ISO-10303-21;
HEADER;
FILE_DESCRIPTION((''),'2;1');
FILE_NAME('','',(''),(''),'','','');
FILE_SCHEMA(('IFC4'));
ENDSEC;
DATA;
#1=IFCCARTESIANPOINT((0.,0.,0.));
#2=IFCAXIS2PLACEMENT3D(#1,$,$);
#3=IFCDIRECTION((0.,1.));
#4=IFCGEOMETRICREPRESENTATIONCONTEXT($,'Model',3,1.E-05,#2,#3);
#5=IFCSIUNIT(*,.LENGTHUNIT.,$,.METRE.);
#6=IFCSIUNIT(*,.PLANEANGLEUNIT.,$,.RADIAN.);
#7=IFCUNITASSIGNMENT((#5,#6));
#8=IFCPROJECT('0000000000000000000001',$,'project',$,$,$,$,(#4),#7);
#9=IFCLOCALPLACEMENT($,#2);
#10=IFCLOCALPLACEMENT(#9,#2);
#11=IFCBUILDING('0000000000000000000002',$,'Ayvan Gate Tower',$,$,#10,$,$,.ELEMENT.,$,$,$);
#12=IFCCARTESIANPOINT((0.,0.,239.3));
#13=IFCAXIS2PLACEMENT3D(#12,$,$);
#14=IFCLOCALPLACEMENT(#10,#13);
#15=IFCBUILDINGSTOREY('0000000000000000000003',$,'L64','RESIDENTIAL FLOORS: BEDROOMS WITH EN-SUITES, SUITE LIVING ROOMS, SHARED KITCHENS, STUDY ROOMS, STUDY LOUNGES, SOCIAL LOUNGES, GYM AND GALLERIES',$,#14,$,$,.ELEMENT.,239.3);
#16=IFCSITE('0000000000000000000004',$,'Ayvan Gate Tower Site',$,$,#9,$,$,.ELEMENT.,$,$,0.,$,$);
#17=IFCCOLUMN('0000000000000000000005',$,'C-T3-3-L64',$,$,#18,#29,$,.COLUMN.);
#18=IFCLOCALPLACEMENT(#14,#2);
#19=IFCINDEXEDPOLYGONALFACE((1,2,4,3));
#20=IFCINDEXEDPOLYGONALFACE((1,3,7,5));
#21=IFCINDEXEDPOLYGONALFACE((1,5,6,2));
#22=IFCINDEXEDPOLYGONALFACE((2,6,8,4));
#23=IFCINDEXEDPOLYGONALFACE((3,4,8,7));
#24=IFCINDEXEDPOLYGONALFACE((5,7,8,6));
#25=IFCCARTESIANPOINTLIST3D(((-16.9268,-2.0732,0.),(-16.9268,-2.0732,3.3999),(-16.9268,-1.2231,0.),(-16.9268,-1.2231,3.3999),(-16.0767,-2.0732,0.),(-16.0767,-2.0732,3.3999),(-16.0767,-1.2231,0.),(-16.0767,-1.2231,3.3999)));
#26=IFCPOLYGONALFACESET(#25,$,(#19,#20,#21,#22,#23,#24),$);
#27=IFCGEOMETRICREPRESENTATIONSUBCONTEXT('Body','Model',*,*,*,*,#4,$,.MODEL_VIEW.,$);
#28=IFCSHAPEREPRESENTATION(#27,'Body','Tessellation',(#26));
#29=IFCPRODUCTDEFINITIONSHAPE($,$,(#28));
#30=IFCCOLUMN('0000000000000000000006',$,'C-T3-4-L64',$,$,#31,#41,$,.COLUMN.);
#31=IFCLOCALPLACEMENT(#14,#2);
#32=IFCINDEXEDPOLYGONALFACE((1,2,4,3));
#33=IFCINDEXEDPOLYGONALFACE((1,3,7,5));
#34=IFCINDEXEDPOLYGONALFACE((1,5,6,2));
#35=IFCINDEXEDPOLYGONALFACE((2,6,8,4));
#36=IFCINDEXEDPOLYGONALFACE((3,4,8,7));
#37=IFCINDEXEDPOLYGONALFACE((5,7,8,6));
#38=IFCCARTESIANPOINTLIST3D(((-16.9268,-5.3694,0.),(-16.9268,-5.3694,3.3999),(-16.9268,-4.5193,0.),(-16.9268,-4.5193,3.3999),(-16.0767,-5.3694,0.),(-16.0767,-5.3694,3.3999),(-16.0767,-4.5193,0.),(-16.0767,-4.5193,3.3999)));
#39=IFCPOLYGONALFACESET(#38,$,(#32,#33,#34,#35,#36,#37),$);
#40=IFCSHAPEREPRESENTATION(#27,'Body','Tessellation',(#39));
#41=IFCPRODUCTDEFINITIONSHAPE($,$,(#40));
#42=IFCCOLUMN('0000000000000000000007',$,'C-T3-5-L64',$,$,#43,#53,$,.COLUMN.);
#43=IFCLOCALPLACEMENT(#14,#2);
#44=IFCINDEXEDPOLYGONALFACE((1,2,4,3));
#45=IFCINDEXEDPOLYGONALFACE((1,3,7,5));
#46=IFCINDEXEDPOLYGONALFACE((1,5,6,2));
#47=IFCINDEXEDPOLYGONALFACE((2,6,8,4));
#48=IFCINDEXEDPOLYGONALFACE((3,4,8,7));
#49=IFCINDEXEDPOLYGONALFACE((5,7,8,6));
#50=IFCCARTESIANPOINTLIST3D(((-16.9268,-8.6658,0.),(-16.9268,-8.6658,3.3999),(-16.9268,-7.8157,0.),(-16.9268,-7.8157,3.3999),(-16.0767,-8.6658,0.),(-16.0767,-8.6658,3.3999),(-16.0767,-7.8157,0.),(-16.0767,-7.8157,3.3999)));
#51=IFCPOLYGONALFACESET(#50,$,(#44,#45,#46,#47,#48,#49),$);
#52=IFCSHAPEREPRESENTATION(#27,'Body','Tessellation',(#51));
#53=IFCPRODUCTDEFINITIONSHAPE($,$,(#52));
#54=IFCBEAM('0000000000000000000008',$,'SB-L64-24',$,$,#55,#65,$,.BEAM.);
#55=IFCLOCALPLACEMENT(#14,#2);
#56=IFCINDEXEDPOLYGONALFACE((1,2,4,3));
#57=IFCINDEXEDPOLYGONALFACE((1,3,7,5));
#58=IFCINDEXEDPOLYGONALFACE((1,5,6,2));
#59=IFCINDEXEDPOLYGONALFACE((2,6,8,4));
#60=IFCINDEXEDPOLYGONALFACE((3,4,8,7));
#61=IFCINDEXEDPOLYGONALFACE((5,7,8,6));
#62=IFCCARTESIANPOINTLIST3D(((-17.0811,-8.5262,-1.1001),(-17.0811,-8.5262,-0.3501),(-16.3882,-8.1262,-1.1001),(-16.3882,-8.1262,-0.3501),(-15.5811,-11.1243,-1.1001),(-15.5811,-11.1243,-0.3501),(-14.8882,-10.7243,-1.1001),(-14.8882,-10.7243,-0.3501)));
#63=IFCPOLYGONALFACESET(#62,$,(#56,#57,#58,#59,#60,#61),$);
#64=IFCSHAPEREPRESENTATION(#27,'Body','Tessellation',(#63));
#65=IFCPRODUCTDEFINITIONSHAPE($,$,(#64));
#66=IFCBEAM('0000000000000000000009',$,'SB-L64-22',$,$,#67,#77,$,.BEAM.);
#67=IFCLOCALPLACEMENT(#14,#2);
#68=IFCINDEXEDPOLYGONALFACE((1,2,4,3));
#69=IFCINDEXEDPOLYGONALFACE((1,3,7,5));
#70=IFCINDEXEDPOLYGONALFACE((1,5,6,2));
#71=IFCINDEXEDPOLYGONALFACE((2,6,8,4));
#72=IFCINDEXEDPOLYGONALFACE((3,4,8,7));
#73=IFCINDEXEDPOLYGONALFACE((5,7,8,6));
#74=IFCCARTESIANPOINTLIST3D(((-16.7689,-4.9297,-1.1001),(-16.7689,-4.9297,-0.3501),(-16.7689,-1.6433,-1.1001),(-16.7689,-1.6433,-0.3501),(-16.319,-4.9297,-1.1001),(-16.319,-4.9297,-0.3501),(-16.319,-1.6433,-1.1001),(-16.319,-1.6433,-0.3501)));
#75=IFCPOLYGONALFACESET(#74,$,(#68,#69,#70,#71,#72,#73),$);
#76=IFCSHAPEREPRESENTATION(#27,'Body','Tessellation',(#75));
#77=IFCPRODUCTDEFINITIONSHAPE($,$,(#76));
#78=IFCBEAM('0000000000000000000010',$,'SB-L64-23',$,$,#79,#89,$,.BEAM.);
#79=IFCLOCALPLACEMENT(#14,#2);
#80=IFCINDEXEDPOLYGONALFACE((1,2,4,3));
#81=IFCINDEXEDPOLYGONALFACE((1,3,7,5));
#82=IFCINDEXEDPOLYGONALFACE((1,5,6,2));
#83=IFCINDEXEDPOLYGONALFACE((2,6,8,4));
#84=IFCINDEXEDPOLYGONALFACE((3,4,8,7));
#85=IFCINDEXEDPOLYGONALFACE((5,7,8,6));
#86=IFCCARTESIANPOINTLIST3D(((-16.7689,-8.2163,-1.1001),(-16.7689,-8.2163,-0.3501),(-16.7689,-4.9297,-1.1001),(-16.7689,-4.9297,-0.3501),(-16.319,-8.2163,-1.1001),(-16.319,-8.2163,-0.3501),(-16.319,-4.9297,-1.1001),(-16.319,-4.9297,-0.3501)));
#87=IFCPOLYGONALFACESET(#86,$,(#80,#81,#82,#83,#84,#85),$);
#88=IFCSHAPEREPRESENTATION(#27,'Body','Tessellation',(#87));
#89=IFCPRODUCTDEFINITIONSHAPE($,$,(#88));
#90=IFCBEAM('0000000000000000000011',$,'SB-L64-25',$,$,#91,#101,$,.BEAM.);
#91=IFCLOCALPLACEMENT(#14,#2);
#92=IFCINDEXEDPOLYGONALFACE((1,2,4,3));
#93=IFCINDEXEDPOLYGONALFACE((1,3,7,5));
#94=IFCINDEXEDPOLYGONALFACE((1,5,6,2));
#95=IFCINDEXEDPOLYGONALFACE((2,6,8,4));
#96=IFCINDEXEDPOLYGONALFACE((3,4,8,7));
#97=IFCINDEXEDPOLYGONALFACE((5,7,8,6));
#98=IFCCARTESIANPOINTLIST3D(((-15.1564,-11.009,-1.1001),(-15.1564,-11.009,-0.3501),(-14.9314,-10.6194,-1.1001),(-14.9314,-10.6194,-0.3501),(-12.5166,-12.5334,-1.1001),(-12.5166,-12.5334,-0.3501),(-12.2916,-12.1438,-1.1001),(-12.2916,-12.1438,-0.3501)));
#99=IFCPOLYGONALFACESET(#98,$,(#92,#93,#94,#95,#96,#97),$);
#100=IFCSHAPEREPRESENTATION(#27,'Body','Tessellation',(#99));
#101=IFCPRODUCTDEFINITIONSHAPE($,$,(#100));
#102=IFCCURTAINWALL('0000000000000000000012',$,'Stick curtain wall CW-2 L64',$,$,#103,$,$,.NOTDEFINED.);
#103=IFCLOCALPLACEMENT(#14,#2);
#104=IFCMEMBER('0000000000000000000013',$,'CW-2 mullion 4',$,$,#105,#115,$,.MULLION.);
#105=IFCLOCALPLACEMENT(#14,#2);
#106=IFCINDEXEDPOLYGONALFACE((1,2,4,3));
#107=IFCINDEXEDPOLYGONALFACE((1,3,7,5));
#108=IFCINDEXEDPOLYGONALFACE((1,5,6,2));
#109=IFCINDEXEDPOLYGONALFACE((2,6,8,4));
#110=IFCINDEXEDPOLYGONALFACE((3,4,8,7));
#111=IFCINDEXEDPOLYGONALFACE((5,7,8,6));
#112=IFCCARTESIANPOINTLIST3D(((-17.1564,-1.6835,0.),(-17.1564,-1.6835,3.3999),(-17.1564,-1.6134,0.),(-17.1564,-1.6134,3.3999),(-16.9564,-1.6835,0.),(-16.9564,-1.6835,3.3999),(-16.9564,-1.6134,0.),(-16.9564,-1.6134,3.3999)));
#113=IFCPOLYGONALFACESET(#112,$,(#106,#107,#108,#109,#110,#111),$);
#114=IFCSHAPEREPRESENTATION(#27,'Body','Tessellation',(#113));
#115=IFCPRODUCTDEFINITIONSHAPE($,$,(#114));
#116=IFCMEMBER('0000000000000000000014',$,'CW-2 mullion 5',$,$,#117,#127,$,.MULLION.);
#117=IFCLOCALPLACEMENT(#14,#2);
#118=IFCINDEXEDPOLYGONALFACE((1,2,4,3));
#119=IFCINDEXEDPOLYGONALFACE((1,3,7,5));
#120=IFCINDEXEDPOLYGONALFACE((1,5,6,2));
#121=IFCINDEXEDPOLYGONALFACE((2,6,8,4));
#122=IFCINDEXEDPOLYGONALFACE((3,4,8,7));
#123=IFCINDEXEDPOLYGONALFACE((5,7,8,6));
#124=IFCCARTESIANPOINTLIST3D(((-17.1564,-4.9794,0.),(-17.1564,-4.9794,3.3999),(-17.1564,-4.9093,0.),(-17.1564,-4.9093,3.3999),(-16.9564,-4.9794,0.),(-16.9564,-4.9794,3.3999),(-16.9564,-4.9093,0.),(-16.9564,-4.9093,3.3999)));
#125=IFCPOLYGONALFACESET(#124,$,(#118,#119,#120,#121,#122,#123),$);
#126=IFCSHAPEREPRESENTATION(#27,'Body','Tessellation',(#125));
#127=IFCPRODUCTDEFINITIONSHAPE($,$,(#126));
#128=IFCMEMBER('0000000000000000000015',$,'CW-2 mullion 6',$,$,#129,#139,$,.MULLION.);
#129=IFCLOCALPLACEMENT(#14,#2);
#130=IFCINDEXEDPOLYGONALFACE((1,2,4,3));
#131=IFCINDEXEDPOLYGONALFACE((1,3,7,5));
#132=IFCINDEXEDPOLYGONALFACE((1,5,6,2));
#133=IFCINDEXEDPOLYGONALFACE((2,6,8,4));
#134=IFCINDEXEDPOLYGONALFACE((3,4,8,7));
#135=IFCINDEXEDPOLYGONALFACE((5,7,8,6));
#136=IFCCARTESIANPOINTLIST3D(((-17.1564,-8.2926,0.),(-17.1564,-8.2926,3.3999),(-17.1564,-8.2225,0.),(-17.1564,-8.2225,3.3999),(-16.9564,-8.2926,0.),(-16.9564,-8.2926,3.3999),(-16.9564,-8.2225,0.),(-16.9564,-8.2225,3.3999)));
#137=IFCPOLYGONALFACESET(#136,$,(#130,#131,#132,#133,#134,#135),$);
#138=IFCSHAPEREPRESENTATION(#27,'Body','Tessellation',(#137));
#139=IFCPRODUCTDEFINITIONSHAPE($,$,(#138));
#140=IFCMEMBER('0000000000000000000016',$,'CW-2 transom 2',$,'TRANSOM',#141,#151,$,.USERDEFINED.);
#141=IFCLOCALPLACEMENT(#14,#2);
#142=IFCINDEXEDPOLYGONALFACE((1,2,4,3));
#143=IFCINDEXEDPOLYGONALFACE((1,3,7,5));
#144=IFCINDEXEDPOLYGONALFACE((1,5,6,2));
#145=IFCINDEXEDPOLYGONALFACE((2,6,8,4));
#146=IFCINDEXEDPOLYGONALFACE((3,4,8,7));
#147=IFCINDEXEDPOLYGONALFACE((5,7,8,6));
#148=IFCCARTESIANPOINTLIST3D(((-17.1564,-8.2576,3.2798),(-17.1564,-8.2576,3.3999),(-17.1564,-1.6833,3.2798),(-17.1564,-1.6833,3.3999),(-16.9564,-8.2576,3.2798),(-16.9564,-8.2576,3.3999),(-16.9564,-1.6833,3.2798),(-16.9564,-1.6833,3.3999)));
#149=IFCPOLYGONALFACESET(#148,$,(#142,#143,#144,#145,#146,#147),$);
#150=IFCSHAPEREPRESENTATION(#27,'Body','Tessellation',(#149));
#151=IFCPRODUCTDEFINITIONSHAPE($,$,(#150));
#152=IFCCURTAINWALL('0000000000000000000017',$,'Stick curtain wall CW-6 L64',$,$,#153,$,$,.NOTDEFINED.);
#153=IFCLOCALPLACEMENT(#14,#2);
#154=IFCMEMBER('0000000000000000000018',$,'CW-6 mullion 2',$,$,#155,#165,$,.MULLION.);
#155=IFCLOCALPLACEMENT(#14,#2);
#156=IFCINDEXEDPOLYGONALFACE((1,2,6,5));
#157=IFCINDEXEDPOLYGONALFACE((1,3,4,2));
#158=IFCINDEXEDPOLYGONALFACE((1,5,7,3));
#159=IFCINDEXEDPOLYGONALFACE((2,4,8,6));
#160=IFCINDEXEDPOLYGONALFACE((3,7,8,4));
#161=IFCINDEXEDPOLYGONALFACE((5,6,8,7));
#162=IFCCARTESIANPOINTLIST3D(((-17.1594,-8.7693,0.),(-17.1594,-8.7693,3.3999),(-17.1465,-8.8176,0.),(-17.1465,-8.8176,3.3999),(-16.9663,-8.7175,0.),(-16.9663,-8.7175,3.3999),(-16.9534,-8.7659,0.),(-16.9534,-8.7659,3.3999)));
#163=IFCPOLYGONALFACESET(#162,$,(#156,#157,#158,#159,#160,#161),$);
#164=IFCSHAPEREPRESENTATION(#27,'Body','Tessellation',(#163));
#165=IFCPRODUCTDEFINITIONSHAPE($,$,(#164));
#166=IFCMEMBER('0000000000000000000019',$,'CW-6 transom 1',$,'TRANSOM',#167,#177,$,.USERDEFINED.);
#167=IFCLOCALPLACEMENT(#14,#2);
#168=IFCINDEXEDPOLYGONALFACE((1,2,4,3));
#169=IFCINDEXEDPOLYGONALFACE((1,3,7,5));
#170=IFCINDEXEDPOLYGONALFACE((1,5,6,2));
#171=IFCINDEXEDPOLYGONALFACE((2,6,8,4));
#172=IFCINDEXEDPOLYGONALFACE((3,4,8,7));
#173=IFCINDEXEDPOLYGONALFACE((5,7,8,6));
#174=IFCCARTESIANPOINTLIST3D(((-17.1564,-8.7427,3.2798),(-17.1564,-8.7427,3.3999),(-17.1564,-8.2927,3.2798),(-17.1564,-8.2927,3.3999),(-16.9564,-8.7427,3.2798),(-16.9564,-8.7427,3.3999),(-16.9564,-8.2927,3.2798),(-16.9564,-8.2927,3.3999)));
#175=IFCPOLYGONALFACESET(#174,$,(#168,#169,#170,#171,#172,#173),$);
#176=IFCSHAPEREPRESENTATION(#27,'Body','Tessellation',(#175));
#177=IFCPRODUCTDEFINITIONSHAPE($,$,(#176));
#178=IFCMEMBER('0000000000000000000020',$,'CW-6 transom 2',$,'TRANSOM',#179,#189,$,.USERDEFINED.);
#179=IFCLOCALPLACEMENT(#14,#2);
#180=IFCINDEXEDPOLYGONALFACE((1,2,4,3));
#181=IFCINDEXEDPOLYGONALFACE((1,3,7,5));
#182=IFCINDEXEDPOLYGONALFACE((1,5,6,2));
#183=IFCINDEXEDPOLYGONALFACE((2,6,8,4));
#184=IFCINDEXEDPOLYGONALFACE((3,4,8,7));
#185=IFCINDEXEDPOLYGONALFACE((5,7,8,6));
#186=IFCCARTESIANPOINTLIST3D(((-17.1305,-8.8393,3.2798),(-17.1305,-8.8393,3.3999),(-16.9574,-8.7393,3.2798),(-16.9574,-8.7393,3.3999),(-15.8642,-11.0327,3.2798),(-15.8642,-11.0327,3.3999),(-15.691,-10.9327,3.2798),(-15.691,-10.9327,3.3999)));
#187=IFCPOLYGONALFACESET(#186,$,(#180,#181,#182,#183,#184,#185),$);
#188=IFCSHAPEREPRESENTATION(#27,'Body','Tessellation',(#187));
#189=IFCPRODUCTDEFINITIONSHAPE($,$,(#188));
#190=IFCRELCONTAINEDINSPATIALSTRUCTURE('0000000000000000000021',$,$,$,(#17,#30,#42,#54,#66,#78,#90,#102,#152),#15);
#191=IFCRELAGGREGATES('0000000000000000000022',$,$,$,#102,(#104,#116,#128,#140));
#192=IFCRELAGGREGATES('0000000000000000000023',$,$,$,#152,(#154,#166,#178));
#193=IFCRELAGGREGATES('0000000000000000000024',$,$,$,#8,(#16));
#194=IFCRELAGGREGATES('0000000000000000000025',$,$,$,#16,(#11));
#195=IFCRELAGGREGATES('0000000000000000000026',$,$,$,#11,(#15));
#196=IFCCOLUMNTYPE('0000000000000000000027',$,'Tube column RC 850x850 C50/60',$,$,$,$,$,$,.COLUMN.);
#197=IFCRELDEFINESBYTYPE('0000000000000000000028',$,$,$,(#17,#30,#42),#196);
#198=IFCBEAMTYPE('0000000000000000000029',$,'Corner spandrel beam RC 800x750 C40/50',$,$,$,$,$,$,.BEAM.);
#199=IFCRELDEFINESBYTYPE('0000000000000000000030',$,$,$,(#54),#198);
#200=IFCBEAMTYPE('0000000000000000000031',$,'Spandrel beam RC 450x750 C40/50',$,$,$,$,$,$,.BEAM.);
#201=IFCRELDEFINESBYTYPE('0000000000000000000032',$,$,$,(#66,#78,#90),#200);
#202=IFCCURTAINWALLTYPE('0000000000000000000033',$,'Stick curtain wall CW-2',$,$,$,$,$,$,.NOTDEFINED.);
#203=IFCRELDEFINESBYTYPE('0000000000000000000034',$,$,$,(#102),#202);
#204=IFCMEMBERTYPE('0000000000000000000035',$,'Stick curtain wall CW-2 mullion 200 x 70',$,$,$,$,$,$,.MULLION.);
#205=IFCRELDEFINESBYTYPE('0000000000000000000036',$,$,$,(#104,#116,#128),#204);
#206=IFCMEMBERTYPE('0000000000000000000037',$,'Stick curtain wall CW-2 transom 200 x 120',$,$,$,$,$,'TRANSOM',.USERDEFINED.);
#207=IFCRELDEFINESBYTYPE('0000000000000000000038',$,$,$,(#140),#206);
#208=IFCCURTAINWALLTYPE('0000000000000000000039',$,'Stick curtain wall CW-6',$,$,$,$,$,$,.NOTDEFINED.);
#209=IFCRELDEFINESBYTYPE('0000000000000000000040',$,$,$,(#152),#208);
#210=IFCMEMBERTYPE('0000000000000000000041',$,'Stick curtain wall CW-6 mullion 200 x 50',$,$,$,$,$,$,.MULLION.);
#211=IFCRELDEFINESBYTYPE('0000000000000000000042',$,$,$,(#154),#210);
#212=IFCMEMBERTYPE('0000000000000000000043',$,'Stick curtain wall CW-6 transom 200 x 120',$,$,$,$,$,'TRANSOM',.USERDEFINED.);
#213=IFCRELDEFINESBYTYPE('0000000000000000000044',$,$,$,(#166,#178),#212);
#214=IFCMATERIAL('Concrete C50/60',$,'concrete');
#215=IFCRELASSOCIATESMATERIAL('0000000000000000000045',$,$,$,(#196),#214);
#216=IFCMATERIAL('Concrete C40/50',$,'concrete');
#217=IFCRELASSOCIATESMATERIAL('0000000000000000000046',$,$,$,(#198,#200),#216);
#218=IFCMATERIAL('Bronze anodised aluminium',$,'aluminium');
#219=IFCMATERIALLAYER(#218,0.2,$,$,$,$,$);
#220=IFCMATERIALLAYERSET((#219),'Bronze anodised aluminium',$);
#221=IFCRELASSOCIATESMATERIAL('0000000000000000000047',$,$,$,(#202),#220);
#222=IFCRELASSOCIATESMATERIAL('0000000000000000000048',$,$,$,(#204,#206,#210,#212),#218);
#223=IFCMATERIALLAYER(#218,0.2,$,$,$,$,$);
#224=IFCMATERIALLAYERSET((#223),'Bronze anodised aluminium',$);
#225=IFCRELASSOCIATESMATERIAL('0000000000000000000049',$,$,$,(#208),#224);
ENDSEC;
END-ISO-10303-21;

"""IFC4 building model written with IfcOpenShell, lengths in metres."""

from ifc_helpers import new_model, si_unit, direction, frame, origin, origin_2d, place, context, subcontext, project, spatial, rectangle, extrude, material, layer, layer_set, material_profile, profile_set, type_object, element, aggregate, save


model = new_model("IFC4")

# Units and contexts
model_context = context("Model", 3, precision=1e-05, world=origin(), true_north=direction((0.0, 1.0)))
body_context = subcontext(model_context, "Body", "Model", "MODEL_VIEW")
ifc_project = project(units=[si_unit("LENGTHUNIT", "METRE"), si_unit("PLANEANGLEUNIT", "RADIAN")], contexts=[model_context])

# Site, building, storey
site_placement = place(None, origin())
site = spatial("IfcSite", under=ifc_project, at=site_placement, Name="Ayvan Gate Tower Site", CompositionType="ELEMENT", RefElevation=0.0)
building_placement = place(site_placement, origin())
building = spatial("IfcBuilding", under=site, at=building_placement, Name="Ayvan Gate Tower", CompositionType="ELEMENT")
storey_placement = place(building_placement, frame((0.0, 0.0, 239.3)))
storey = spatial("IfcBuildingStorey", under=building, at=storey_placement, Name="L64", Description="RESIDENTIAL FLOORS: BEDROOMS WITH EN-SUITES, SUITE LIVING ROOMS, SHARED KITCHENS, STUDY ROOMS, STUDY LOUNGES, SOCIAL LOUNGES, GYM AND GALLERIES", CompositionType="ELEMENT", Elevation=239.3)

# Columns
ifc_material_1 = material(Name="Concrete C50/60", Category="concrete")
ifc_material_profile_1 = material_profile(ifc_material_1, rectangle(XDim=0.8501, YDim=0.8501, at=origin_2d()), Name="RC 850x850")
ifc_profile_set_1 = profile_set([ifc_material_profile_1], Name="Concrete C50/60")
column_type = type_object("IfcColumnType", Name="Tube column RC 850x850 C50/60", PredefinedType="COLUMN", material=ifc_profile_set_1)
for number, where, z_axis, x_axis, name in (
    (1, (-16.5017, -1.6482, 0.0), (0.0, 0.0, 1.0), (-1.0, 0.0, 0.0), "C-T3-3-L64"),
    (2, (-16.5017, -4.9443, 0.0), (0.0, 0.0, 1.0), (-1.0, 0.0, 0.0), "C-T3-4-L64"),
    (3, (-16.5017, -8.2407, 0.0), (0.0, 0.0, 1.0), (-1.0, 0.0, 0.0), "C-T3-5-L64"),
):
    element("IfcColumn", number, at=place(storey_placement, frame(where, z_axis=z_axis, x_axis=x_axis)), inside=storey, type_object=column_type, Name=name, PredefinedType="COLUMN", context=body_context, shape_type="SweptSolid", body=[
        extrude(rectangle(XDim=0.8501, YDim=0.8501, at=origin_2d()), origin(), (0.0, 0.0, 1.0), 3.3999),
    ])

# Beams
ifc_material_2 = material(Name="Concrete C40/50", Category="concrete")
ifc_material_profile_2 = material_profile(ifc_material_2, rectangle(XDim=0.8, YDim=0.75, at=origin_2d()), Name="RC 800x750")
ifc_profile_set_2 = profile_set([ifc_material_profile_2], Name="Concrete C40/50")
beam_type_1 = type_object("IfcBeamType", Name="Corner spandrel beam RC 800x750 C40/50", PredefinedType="BEAM", material=ifc_profile_set_2)
beam_1_placement = place(storey_placement, frame((-16.7346, -8.3262, -0.7251), z_axis=(0.49999, -0.866031, 0.0), x_axis=(0.866031, 0.49999, 0.0)))
element("IfcBeam", 4, at=beam_1_placement, inside=storey, type_object=beam_type_1, Name="SB-L64-24", PredefinedType="BEAM", context=body_context, shape_type="SweptSolid", body=[
    extrude(rectangle(XDim=0.8, YDim=0.75, at=origin_2d()), origin(), (0.0, 0.0, 1.0), 3.0),
])
ifc_material_profile_3 = material_profile(ifc_material_2, rectangle(XDim=0.45, YDim=0.75, at=origin_2d()), Name="RC 450x750")
ifc_profile_set_3 = profile_set([ifc_material_profile_3], Name="Concrete C40/50")
beam_type_2 = type_object("IfcBeamType", Name="Spandrel beam RC 450x750 C40/50", PredefinedType="BEAM", material=ifc_profile_set_3)
beam_2_placement = place(storey_placement, frame((-16.5439, -1.6433, -0.7251), z_axis=(0.0, -1.0, 0.0), x_axis=(1.0, 0.0, 0.0)))
element("IfcBeam", 5, at=beam_2_placement, inside=storey, type_object=beam_type_2, Name="SB-L64-22", PredefinedType="BEAM", context=body_context, shape_type="SweptSolid", body=[
    extrude(rectangle(XDim=0.45, YDim=0.75, at=origin_2d()), origin(), (0.0, 0.0, 1.0), 3.2864),
])
beam_3_placement = place(storey_placement, frame((-16.5439, -4.9297, -0.7251), z_axis=(0.0, -1.0, 0.0), x_axis=(1.0, 0.0, 0.0)))
element("IfcBeam", 6, at=beam_3_placement, inside=storey, type_object=beam_type_2, Name="SB-L64-23", PredefinedType="BEAM", context=body_context, shape_type="SweptSolid", body=[
    extrude(rectangle(XDim=0.45, YDim=0.75, at=origin_2d()), origin(), (0.0, 0.0, 1.0), 3.2866),
])
beam_4_placement = place(storey_placement, frame((-15.0439, -10.8142, -0.7251), z_axis=(0.865987, -0.500067, 0.0), x_axis=(0.500067, 0.865987, 0.0)))
element("IfcBeam", 7, at=beam_4_placement, inside=storey, type_object=beam_type_2, Name="SB-L64-25", PredefinedType="BEAM", context=body_context, shape_type="SweptSolid", body=[
    extrude(rectangle(XDim=0.45, YDim=0.75, at=origin_2d()), origin(), (0.0, 0.0, 1.0), 3.0483),
])

# Curtain walls, members
ifc_material_3 = material(Name="Bronze anodised aluminium", Category="aluminium")
ifc_layer_1 = layer(ifc_material_3, 0.2)
ifc_layer_set_1 = layer_set([ifc_layer_1], Name="Bronze anodised aluminium")
curtain_wall_type_1 = type_object("IfcCurtainWallType", Name="Stick curtain wall CW-2", PredefinedType="NOTDEFINED", material=ifc_layer_set_1)
curtain_wall_1_placement = place(storey_placement, origin())
curtain_wall_1 = element("IfcCurtainWall", 8, at=curtain_wall_1_placement, inside=storey, type_object=curtain_wall_type_1, Name="Stick curtain wall CW-2 L64", PredefinedType="NOTDEFINED")
ifc_material_profile_4 = material_profile(ifc_material_3, rectangle(XDim=0.2, YDim=0.0701, at=origin_2d()), Name="Stick curtain wall CW-2 mullion 200 x 70")
ifc_profile_set_4 = profile_set([ifc_material_profile_4], Name="Bronze anodised aluminium")
member_type_1 = type_object("IfcMemberType", Name="Stick curtain wall CW-2 mullion 200 x 70", PredefinedType="MULLION", material=ifc_profile_set_4)
member_1_placement = place(storey_placement, frame((-17.0564, -1.6484, 0.0), z_axis=(0.0, 0.0, 1.0), x_axis=(-1.0, 0.0, 0.0)))
member_1 = element("IfcMember", 9, at=member_1_placement, type_object=member_type_1, Name="CW-2 mullion 4", PredefinedType="MULLION", context=body_context, shape_type="SweptSolid", body=[
    extrude(rectangle(XDim=0.2, YDim=0.0701, at=origin_2d()), origin(), (0.0, 0.0, 1.0), 3.3999),
])
member_2_placement = place(storey_placement, frame((-17.0564, -4.9443, 0.0), z_axis=(0.0, 0.0, 1.0), x_axis=(-1.0, 0.0, 0.0)))
member_2 = element("IfcMember", 10, at=member_2_placement, type_object=member_type_1, Name="CW-2 mullion 5", PredefinedType="MULLION", context=body_context, shape_type="SweptSolid", body=[
    extrude(rectangle(XDim=0.2, YDim=0.0701, at=origin_2d()), origin(), (0.0, 0.0, 1.0), 3.3999),
])
member_3_placement = place(storey_placement, frame((-17.0564, -8.2576, 0.0), z_axis=(0.0, 0.0, 1.0), x_axis=(-1.0, 0.0, 0.0)))
member_3 = element("IfcMember", 11, at=member_3_placement, type_object=member_type_1, Name="CW-2 mullion 6", PredefinedType="MULLION", context=body_context, shape_type="SweptSolid", body=[
    extrude(rectangle(XDim=0.2, YDim=0.0701, at=origin_2d()), origin(), (0.0, 0.0, 1.0), 3.3999),
])
ifc_material_profile_5 = material_profile(ifc_material_3, rectangle(XDim=0.2, YDim=0.1201, at=origin_2d()), Name="Stick curtain wall CW-2 transom 200 x 120")
ifc_profile_set_5 = profile_set([ifc_material_profile_5], Name="Bronze anodised aluminium")
member_type_2 = type_object("IfcMemberType", Name="Stick curtain wall CW-2 transom 200 x 120", ElementType="TRANSOM", PredefinedType="USERDEFINED", material=ifc_profile_set_5)
member_4_placement = place(storey_placement, frame((-17.0564, -1.6833, 3.3398), z_axis=(0.0, -1.0, 0.0), x_axis=(1.0, 0.0, 0.0)))
member_4 = element("IfcMember", 12, at=member_4_placement, type_object=member_type_2, Name="CW-2 transom 2", ObjectType="TRANSOM", PredefinedType="USERDEFINED", context=body_context, shape_type="SweptSolid", body=[
    extrude(rectangle(XDim=0.2, YDim=0.1201, at=origin_2d()), origin(), (0.0, 0.0, 1.0), 6.5742),
])
ifc_layer_2 = layer(ifc_material_3, 0.2)
ifc_layer_set_2 = layer_set([ifc_layer_2], Name="Bronze anodised aluminium")
curtain_wall_type_2 = type_object("IfcCurtainWallType", Name="Stick curtain wall CW-6", PredefinedType="NOTDEFINED", material=ifc_layer_set_2)
curtain_wall_2_placement = place(storey_placement, origin())
curtain_wall_2 = element("IfcCurtainWall", 13, at=curtain_wall_2_placement, inside=storey, type_object=curtain_wall_type_2, Name="Stick curtain wall CW-6 L64", PredefinedType="NOTDEFINED")
ifc_material_profile_6 = material_profile(ifc_material_3, rectangle(XDim=0.2, YDim=0.05, at=origin_2d()), Name="Stick curtain wall CW-6 mullion 200 x 50")
ifc_profile_set_6 = profile_set([ifc_material_profile_6], Name="Bronze anodised aluminium")
member_type_3 = type_object("IfcMemberType", Name="Stick curtain wall CW-6 mullion 200 x 50", PredefinedType="MULLION", material=ifc_profile_set_6)
member_5_placement = place(storey_placement, frame((-17.0564, -8.7676, 0.0), z_axis=(0.0, 0.0, 1.0), x_axis=(-0.965926, -0.258819, 0.0)))
member_5 = element("IfcMember", 14, at=member_5_placement, type_object=member_type_3, Name="CW-6 mullion 2", PredefinedType="MULLION", context=body_context, shape_type="SweptSolid", body=[
    extrude(rectangle(XDim=0.2, YDim=0.05, at=origin_2d()), origin(), (0.0, 0.0, 1.0), 3.3999),
])
ifc_material_profile_7 = material_profile(ifc_material_3, rectangle(XDim=0.2, YDim=0.1201, at=origin_2d()), Name="Stick curtain wall CW-6 transom 200 x 120")
ifc_profile_set_7 = profile_set([ifc_material_profile_7], Name="Bronze anodised aluminium")
member_type_4 = type_object("IfcMemberType", Name="Stick curtain wall CW-6 transom 200 x 120", ElementType="TRANSOM", PredefinedType="USERDEFINED", material=ifc_profile_set_7)
member_6_placement = place(storey_placement, frame((-17.0564, -8.2927, 3.3398), z_axis=(0.0, -1.0, 0.0), x_axis=(1.0, 0.0, 0.0)))
member_6 = element("IfcMember", 15, at=member_6_placement, type_object=member_type_4, Name="CW-6 transom 1", ObjectType="TRANSOM", PredefinedType="USERDEFINED", context=body_context, shape_type="SweptSolid", body=[
    extrude(rectangle(XDim=0.2, YDim=0.1201, at=origin_2d()), origin(), (0.0, 0.0, 1.0), 0.45),
])
member_7_placement = place(storey_placement, frame((-17.0439, -8.7893, 3.3398), z_axis=(0.500006, -0.866022, 0.0), x_axis=(0.866022, 0.500006, 0.0)))
member_7 = element("IfcMember", 16, at=member_7_placement, type_object=member_type_4, Name="CW-6 transom 2", ObjectType="TRANSOM", PredefinedType="USERDEFINED", context=body_context, shape_type="SweptSolid", body=[
    extrude(rectangle(XDim=0.2, YDim=0.1201, at=origin_2d()), origin(), (0.0, 0.0, 1.0), 2.5327),
])

aggregate(curtain_wall_1, [member_1, member_2, member_3, member_4])
aggregate(curtain_wall_2, [member_5, member_6, member_7])

save(model, "model.ifc")
